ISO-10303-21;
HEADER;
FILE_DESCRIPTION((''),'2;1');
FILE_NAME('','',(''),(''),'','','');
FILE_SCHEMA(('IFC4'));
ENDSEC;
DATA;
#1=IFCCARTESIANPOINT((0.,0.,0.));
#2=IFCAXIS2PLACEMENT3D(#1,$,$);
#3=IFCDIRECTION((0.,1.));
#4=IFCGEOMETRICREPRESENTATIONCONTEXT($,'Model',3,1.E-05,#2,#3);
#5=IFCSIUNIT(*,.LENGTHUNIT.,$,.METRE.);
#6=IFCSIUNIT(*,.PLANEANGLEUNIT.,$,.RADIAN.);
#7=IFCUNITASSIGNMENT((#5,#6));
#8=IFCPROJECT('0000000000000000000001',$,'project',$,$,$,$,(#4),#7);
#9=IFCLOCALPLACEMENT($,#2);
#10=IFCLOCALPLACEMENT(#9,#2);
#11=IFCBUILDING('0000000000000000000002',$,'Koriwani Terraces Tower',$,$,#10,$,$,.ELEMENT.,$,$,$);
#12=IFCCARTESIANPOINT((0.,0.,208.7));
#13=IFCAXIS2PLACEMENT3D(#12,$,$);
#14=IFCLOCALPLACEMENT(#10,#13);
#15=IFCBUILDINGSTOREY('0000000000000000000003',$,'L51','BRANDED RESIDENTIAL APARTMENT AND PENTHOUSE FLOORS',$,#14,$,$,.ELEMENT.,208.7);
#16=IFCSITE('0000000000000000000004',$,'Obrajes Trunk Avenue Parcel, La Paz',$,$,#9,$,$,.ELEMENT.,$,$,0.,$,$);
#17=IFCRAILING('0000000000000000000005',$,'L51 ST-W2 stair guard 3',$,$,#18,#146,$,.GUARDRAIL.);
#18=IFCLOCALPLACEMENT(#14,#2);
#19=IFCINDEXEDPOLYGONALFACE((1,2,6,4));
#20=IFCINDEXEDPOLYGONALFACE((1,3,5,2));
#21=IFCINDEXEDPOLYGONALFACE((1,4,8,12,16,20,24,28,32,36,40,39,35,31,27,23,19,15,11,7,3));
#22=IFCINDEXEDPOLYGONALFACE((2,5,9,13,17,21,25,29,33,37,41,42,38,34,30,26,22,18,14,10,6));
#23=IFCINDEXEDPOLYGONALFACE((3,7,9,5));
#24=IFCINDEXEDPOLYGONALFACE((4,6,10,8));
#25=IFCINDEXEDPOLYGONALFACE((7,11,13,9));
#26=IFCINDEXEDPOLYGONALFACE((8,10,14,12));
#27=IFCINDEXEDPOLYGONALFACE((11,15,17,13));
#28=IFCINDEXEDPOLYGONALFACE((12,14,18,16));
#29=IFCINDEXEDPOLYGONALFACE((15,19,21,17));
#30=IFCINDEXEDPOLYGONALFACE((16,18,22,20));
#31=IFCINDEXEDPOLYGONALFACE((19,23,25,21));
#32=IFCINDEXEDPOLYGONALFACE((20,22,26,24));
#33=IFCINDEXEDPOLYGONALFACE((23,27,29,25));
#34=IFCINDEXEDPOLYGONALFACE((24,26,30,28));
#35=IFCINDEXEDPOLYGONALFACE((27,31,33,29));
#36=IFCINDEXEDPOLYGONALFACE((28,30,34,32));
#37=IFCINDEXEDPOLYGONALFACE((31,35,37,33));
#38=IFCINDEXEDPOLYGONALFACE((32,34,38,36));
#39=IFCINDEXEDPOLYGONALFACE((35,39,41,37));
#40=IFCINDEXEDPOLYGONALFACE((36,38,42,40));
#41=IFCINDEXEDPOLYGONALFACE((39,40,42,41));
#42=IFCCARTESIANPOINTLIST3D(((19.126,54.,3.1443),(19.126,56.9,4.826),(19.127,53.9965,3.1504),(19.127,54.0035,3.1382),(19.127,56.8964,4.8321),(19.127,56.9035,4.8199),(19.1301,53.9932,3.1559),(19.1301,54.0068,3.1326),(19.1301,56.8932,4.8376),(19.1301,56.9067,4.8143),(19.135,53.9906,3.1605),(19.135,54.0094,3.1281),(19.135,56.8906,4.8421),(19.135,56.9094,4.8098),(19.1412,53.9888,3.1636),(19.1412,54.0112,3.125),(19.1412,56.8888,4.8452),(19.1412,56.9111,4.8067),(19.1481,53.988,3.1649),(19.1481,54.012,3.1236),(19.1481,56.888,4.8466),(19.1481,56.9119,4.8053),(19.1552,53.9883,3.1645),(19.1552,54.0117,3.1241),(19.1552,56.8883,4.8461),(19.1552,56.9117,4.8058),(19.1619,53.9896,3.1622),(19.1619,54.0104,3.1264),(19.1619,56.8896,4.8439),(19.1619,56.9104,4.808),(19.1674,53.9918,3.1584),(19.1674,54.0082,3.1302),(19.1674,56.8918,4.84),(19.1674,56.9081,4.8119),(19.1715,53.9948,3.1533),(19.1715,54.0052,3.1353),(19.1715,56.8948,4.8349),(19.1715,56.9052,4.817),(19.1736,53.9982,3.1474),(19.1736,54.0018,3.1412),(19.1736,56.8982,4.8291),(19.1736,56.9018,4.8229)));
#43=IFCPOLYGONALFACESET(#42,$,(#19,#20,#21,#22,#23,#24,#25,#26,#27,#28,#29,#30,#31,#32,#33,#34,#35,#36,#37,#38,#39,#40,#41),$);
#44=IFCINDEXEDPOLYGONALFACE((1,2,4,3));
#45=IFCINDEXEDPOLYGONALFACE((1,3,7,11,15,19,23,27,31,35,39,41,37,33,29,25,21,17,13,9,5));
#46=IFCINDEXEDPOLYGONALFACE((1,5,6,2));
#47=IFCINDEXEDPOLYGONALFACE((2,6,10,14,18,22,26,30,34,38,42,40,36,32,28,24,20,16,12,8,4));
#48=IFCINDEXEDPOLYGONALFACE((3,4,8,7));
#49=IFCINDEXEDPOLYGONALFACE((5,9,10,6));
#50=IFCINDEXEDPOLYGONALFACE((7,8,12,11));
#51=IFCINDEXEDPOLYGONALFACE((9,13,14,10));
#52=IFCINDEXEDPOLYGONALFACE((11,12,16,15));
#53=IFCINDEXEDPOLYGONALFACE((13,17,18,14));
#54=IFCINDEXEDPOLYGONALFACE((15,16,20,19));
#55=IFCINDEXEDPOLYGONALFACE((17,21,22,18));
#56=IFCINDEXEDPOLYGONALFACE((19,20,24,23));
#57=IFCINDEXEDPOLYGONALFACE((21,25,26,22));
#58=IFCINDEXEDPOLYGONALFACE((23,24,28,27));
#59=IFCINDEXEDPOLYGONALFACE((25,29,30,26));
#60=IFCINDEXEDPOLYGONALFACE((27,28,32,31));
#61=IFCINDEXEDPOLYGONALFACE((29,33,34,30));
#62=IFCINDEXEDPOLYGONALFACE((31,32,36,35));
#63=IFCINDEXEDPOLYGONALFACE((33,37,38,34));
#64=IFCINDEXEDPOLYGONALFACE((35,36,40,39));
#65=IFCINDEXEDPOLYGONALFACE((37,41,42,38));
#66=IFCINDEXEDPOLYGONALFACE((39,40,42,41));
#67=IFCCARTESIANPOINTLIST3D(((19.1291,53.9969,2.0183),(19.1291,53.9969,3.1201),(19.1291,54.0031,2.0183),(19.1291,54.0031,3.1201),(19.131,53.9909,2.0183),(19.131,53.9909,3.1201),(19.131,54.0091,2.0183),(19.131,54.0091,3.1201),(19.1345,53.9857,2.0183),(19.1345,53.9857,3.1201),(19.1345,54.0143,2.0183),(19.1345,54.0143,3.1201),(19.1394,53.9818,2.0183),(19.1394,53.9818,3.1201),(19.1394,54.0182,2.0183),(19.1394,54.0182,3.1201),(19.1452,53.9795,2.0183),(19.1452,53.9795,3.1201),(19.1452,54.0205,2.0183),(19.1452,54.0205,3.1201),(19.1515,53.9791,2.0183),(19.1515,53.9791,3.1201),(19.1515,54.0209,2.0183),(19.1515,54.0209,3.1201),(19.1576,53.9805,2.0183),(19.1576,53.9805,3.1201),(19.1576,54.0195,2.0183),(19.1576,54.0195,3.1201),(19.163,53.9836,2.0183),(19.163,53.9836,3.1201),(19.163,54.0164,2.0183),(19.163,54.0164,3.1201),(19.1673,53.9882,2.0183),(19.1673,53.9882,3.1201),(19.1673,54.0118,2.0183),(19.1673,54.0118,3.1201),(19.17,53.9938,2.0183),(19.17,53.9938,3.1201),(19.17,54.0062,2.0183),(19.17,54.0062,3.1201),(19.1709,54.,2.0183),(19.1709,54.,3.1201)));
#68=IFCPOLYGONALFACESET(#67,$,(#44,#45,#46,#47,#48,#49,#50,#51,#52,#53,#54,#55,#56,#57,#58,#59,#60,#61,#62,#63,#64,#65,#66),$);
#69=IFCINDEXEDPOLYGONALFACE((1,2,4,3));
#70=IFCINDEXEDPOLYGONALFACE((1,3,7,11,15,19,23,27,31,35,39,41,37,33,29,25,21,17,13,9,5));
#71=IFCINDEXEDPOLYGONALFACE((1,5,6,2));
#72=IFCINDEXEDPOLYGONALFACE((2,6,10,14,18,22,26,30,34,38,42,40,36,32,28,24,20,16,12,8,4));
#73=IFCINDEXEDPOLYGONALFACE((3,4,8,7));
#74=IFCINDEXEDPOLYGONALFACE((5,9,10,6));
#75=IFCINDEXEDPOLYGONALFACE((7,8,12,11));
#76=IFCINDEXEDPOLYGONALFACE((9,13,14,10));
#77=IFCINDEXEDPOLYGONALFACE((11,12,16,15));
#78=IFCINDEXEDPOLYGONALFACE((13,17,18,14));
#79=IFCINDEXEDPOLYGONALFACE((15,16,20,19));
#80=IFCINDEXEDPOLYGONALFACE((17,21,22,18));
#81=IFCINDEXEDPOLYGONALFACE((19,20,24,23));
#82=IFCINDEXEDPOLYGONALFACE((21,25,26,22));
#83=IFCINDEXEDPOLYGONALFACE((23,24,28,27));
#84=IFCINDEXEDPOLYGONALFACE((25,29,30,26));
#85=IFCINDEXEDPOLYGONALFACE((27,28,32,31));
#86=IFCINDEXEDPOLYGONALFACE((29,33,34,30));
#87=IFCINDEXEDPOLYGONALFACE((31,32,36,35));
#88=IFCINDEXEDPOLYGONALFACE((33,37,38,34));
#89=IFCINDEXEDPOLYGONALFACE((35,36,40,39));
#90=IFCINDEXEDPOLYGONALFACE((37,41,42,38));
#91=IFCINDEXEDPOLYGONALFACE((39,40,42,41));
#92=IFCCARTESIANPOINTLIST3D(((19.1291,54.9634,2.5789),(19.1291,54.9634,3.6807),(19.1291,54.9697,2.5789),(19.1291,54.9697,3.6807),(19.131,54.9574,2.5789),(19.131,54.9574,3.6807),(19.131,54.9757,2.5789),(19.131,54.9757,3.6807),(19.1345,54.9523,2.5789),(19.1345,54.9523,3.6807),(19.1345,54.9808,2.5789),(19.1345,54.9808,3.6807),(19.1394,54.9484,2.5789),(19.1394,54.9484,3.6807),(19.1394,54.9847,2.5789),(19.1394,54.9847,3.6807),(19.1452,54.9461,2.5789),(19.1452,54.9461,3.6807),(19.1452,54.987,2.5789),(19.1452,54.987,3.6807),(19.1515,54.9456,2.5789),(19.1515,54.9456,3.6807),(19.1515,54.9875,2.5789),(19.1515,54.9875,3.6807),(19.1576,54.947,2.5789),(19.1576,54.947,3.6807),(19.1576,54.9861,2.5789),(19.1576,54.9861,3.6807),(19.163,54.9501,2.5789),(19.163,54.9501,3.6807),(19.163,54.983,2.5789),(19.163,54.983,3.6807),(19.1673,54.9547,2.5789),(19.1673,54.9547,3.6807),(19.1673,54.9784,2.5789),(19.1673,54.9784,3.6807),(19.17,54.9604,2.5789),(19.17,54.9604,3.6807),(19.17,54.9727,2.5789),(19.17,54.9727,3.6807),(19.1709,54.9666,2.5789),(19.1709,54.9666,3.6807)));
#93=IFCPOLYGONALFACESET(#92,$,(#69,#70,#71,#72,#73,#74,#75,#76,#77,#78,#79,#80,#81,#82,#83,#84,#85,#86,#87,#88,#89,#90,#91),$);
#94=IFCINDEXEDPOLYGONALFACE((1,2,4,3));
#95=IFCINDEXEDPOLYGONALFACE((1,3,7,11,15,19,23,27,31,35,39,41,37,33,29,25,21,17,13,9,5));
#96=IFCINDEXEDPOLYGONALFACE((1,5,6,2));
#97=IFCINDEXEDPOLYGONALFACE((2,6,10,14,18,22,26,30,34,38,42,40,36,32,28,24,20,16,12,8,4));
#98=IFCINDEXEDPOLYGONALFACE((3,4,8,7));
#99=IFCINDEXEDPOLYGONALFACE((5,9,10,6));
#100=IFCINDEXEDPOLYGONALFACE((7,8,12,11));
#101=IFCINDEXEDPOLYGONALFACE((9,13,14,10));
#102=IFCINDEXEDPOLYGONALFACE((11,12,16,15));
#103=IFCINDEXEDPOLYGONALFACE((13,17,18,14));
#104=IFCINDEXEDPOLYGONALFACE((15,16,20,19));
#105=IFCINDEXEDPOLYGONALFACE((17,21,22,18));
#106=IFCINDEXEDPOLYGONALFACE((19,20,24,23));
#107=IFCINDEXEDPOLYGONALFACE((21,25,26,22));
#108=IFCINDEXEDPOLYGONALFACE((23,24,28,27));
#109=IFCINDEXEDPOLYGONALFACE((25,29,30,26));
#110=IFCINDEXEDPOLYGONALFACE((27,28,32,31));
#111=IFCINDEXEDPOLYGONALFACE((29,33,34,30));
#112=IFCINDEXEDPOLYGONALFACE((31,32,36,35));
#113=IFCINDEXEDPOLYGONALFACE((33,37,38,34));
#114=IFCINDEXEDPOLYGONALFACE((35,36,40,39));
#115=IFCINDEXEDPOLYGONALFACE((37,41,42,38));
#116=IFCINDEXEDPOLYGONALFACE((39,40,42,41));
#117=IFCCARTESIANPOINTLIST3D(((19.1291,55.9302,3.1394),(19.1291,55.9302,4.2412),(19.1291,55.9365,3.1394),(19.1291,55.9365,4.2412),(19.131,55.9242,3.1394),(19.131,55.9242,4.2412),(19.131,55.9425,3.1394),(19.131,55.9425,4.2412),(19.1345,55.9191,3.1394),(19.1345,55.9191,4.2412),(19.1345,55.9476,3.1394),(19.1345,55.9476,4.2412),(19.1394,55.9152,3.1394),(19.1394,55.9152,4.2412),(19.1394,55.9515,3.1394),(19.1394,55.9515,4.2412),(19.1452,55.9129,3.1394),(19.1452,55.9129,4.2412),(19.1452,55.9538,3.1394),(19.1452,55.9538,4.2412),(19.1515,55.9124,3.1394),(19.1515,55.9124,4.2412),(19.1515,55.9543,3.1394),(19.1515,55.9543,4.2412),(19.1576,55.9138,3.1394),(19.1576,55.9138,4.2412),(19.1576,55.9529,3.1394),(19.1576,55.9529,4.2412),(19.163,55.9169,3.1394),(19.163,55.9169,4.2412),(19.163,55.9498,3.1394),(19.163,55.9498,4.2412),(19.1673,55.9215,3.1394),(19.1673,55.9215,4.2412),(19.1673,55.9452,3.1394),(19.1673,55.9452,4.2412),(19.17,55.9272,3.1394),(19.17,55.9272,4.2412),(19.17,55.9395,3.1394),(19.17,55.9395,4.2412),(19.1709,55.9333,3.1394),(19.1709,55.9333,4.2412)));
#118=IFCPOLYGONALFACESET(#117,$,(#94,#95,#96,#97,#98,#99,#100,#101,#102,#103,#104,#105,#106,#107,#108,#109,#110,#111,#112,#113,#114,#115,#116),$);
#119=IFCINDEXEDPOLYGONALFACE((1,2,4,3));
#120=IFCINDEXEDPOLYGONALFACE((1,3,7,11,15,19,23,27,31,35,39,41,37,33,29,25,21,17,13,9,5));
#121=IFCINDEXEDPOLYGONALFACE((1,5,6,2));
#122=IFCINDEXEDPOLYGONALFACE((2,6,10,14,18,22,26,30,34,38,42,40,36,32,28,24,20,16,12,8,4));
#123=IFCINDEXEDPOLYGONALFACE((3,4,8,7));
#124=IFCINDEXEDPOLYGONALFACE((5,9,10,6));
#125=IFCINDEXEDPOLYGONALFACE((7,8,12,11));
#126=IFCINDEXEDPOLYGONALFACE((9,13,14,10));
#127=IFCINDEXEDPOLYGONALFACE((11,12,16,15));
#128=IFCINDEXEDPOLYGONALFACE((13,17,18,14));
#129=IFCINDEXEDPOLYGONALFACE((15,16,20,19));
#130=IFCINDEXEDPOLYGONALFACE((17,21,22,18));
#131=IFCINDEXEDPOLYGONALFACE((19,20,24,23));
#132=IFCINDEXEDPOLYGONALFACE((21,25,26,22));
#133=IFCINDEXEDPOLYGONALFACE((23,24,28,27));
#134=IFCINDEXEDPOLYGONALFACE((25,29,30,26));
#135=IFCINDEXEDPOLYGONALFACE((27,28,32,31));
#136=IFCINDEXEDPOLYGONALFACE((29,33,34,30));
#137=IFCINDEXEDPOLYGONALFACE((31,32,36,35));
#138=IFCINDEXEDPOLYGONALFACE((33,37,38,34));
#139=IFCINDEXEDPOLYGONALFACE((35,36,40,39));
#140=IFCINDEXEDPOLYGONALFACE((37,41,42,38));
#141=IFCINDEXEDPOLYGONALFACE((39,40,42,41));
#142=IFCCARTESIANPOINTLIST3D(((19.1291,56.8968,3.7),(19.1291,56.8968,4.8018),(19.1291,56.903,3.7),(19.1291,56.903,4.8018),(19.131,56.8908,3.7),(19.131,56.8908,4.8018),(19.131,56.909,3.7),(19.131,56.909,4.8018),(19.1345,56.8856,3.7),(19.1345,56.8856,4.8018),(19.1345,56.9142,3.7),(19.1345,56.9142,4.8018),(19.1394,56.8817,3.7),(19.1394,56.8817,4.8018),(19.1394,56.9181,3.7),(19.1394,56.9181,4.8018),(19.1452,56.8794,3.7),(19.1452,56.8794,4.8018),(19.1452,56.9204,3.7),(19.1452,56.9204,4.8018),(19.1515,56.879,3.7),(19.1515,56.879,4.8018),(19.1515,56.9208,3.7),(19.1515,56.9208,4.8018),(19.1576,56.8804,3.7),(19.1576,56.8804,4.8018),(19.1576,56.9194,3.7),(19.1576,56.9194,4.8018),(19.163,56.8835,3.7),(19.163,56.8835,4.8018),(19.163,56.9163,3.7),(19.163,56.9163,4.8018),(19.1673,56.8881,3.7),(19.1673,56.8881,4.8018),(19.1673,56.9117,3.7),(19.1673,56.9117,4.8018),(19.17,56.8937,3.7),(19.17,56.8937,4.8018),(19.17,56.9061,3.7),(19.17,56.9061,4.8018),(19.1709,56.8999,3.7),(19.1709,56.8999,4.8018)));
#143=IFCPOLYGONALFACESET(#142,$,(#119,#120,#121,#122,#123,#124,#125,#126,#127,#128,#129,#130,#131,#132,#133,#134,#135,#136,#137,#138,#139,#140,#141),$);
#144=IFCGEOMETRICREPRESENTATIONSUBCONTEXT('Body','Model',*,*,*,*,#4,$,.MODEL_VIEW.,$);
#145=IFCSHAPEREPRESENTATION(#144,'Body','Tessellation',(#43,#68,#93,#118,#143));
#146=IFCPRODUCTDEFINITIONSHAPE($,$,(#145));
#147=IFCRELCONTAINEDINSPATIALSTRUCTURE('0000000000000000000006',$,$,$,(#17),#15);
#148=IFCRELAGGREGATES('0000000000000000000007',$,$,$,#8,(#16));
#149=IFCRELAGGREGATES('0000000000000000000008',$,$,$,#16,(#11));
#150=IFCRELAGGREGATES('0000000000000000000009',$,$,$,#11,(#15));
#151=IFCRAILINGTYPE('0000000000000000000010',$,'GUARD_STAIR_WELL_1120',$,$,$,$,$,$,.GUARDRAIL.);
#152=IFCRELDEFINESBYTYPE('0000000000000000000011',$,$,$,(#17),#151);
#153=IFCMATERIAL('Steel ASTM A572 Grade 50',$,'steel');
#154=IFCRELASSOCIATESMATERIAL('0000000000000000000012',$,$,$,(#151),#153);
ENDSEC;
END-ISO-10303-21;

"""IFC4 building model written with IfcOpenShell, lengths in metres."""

from ifc_helpers import new_model, si_unit, direction, frame, origin, origin_2d, place, context, subcontext, project, spatial, circle, extrude, material, type_object, element, save


model = new_model("IFC4")

# Units and contexts
model_context = context("Model", 3, precision=1e-05, world=origin(), true_north=direction((0.0, 1.0)))
body_context = subcontext(model_context, "Body", "Model", "MODEL_VIEW")
ifc_project = project(units=[si_unit("LENGTHUNIT", "METRE"), si_unit("PLANEANGLEUNIT", "RADIAN")], contexts=[model_context])

# Site, building, storey
site_placement = place(None, origin())
site = spatial("IfcSite", under=ifc_project, at=site_placement, Name="Obrajes Trunk Avenue Parcel, La Paz", CompositionType="ELEMENT", RefElevation=0.0)
building_placement = place(site_placement, origin())
building = spatial("IfcBuilding", under=site, at=building_placement, Name="Koriwani Terraces Tower", CompositionType="ELEMENT")
storey_placement = place(building_placement, frame((0.0, 0.0, 208.7)))
storey = spatial("IfcBuildingStorey", under=building, at=storey_placement, Name="L51", Description="BRANDED RESIDENTIAL APARTMENT AND PENTHOUSE FLOORS", CompositionType="ELEMENT", Elevation=208.7)

# Shared definitions
ifc_material_1 = material(Name="Steel ASTM A572 Grade 50", Category="steel")

# Railing
railing_type_1 = type_object("IfcRailingType", Name="GUARD_STAIR_WELL_1120", PredefinedType="GUARDRAIL", material=ifc_material_1)
railing_1_placement = place(storey_placement, frame((19.1499, 54.0, 2.0183)))
element("IfcRailing", 1, at=railing_1_placement, inside=storey, type_object=railing_type_1, Name="L51 ST-W2 stair guard 3", PredefinedType="GUARDRAIL", context=body_context, shape_type="SweptSolid", body=[
    extrude(circle(Radius=0.0239, at=origin_2d()), frame((0.0, 0.0, 1.126), z_axis=(0.0, 0.86507, 0.501651), x_axis=(-1.0, 0.0, 0.0)), (0.0, 0.0, 1.0), 3.3523),
    extrude(circle(Radius=0.021, at=origin_2d()), origin(), (0.0, 0.0, 1.0), 1.1018),
    extrude(circle(Radius=0.021, at=origin_2d()), frame((0.0, 0.9666, 0.5605)), (0.0, 0.0, 1.0), 1.1018),
    extrude(circle(Radius=0.021, at=origin_2d()), frame((0.0, 1.9333, 1.1211)), (0.0, 0.0, 1.0), 1.1018),
    extrude(circle(Radius=0.021, at=origin_2d()), frame((0.0, 2.8999, 1.6816)), (0.0, 0.0, 1.0), 1.1018),
])

save(model, "model.ifc")
